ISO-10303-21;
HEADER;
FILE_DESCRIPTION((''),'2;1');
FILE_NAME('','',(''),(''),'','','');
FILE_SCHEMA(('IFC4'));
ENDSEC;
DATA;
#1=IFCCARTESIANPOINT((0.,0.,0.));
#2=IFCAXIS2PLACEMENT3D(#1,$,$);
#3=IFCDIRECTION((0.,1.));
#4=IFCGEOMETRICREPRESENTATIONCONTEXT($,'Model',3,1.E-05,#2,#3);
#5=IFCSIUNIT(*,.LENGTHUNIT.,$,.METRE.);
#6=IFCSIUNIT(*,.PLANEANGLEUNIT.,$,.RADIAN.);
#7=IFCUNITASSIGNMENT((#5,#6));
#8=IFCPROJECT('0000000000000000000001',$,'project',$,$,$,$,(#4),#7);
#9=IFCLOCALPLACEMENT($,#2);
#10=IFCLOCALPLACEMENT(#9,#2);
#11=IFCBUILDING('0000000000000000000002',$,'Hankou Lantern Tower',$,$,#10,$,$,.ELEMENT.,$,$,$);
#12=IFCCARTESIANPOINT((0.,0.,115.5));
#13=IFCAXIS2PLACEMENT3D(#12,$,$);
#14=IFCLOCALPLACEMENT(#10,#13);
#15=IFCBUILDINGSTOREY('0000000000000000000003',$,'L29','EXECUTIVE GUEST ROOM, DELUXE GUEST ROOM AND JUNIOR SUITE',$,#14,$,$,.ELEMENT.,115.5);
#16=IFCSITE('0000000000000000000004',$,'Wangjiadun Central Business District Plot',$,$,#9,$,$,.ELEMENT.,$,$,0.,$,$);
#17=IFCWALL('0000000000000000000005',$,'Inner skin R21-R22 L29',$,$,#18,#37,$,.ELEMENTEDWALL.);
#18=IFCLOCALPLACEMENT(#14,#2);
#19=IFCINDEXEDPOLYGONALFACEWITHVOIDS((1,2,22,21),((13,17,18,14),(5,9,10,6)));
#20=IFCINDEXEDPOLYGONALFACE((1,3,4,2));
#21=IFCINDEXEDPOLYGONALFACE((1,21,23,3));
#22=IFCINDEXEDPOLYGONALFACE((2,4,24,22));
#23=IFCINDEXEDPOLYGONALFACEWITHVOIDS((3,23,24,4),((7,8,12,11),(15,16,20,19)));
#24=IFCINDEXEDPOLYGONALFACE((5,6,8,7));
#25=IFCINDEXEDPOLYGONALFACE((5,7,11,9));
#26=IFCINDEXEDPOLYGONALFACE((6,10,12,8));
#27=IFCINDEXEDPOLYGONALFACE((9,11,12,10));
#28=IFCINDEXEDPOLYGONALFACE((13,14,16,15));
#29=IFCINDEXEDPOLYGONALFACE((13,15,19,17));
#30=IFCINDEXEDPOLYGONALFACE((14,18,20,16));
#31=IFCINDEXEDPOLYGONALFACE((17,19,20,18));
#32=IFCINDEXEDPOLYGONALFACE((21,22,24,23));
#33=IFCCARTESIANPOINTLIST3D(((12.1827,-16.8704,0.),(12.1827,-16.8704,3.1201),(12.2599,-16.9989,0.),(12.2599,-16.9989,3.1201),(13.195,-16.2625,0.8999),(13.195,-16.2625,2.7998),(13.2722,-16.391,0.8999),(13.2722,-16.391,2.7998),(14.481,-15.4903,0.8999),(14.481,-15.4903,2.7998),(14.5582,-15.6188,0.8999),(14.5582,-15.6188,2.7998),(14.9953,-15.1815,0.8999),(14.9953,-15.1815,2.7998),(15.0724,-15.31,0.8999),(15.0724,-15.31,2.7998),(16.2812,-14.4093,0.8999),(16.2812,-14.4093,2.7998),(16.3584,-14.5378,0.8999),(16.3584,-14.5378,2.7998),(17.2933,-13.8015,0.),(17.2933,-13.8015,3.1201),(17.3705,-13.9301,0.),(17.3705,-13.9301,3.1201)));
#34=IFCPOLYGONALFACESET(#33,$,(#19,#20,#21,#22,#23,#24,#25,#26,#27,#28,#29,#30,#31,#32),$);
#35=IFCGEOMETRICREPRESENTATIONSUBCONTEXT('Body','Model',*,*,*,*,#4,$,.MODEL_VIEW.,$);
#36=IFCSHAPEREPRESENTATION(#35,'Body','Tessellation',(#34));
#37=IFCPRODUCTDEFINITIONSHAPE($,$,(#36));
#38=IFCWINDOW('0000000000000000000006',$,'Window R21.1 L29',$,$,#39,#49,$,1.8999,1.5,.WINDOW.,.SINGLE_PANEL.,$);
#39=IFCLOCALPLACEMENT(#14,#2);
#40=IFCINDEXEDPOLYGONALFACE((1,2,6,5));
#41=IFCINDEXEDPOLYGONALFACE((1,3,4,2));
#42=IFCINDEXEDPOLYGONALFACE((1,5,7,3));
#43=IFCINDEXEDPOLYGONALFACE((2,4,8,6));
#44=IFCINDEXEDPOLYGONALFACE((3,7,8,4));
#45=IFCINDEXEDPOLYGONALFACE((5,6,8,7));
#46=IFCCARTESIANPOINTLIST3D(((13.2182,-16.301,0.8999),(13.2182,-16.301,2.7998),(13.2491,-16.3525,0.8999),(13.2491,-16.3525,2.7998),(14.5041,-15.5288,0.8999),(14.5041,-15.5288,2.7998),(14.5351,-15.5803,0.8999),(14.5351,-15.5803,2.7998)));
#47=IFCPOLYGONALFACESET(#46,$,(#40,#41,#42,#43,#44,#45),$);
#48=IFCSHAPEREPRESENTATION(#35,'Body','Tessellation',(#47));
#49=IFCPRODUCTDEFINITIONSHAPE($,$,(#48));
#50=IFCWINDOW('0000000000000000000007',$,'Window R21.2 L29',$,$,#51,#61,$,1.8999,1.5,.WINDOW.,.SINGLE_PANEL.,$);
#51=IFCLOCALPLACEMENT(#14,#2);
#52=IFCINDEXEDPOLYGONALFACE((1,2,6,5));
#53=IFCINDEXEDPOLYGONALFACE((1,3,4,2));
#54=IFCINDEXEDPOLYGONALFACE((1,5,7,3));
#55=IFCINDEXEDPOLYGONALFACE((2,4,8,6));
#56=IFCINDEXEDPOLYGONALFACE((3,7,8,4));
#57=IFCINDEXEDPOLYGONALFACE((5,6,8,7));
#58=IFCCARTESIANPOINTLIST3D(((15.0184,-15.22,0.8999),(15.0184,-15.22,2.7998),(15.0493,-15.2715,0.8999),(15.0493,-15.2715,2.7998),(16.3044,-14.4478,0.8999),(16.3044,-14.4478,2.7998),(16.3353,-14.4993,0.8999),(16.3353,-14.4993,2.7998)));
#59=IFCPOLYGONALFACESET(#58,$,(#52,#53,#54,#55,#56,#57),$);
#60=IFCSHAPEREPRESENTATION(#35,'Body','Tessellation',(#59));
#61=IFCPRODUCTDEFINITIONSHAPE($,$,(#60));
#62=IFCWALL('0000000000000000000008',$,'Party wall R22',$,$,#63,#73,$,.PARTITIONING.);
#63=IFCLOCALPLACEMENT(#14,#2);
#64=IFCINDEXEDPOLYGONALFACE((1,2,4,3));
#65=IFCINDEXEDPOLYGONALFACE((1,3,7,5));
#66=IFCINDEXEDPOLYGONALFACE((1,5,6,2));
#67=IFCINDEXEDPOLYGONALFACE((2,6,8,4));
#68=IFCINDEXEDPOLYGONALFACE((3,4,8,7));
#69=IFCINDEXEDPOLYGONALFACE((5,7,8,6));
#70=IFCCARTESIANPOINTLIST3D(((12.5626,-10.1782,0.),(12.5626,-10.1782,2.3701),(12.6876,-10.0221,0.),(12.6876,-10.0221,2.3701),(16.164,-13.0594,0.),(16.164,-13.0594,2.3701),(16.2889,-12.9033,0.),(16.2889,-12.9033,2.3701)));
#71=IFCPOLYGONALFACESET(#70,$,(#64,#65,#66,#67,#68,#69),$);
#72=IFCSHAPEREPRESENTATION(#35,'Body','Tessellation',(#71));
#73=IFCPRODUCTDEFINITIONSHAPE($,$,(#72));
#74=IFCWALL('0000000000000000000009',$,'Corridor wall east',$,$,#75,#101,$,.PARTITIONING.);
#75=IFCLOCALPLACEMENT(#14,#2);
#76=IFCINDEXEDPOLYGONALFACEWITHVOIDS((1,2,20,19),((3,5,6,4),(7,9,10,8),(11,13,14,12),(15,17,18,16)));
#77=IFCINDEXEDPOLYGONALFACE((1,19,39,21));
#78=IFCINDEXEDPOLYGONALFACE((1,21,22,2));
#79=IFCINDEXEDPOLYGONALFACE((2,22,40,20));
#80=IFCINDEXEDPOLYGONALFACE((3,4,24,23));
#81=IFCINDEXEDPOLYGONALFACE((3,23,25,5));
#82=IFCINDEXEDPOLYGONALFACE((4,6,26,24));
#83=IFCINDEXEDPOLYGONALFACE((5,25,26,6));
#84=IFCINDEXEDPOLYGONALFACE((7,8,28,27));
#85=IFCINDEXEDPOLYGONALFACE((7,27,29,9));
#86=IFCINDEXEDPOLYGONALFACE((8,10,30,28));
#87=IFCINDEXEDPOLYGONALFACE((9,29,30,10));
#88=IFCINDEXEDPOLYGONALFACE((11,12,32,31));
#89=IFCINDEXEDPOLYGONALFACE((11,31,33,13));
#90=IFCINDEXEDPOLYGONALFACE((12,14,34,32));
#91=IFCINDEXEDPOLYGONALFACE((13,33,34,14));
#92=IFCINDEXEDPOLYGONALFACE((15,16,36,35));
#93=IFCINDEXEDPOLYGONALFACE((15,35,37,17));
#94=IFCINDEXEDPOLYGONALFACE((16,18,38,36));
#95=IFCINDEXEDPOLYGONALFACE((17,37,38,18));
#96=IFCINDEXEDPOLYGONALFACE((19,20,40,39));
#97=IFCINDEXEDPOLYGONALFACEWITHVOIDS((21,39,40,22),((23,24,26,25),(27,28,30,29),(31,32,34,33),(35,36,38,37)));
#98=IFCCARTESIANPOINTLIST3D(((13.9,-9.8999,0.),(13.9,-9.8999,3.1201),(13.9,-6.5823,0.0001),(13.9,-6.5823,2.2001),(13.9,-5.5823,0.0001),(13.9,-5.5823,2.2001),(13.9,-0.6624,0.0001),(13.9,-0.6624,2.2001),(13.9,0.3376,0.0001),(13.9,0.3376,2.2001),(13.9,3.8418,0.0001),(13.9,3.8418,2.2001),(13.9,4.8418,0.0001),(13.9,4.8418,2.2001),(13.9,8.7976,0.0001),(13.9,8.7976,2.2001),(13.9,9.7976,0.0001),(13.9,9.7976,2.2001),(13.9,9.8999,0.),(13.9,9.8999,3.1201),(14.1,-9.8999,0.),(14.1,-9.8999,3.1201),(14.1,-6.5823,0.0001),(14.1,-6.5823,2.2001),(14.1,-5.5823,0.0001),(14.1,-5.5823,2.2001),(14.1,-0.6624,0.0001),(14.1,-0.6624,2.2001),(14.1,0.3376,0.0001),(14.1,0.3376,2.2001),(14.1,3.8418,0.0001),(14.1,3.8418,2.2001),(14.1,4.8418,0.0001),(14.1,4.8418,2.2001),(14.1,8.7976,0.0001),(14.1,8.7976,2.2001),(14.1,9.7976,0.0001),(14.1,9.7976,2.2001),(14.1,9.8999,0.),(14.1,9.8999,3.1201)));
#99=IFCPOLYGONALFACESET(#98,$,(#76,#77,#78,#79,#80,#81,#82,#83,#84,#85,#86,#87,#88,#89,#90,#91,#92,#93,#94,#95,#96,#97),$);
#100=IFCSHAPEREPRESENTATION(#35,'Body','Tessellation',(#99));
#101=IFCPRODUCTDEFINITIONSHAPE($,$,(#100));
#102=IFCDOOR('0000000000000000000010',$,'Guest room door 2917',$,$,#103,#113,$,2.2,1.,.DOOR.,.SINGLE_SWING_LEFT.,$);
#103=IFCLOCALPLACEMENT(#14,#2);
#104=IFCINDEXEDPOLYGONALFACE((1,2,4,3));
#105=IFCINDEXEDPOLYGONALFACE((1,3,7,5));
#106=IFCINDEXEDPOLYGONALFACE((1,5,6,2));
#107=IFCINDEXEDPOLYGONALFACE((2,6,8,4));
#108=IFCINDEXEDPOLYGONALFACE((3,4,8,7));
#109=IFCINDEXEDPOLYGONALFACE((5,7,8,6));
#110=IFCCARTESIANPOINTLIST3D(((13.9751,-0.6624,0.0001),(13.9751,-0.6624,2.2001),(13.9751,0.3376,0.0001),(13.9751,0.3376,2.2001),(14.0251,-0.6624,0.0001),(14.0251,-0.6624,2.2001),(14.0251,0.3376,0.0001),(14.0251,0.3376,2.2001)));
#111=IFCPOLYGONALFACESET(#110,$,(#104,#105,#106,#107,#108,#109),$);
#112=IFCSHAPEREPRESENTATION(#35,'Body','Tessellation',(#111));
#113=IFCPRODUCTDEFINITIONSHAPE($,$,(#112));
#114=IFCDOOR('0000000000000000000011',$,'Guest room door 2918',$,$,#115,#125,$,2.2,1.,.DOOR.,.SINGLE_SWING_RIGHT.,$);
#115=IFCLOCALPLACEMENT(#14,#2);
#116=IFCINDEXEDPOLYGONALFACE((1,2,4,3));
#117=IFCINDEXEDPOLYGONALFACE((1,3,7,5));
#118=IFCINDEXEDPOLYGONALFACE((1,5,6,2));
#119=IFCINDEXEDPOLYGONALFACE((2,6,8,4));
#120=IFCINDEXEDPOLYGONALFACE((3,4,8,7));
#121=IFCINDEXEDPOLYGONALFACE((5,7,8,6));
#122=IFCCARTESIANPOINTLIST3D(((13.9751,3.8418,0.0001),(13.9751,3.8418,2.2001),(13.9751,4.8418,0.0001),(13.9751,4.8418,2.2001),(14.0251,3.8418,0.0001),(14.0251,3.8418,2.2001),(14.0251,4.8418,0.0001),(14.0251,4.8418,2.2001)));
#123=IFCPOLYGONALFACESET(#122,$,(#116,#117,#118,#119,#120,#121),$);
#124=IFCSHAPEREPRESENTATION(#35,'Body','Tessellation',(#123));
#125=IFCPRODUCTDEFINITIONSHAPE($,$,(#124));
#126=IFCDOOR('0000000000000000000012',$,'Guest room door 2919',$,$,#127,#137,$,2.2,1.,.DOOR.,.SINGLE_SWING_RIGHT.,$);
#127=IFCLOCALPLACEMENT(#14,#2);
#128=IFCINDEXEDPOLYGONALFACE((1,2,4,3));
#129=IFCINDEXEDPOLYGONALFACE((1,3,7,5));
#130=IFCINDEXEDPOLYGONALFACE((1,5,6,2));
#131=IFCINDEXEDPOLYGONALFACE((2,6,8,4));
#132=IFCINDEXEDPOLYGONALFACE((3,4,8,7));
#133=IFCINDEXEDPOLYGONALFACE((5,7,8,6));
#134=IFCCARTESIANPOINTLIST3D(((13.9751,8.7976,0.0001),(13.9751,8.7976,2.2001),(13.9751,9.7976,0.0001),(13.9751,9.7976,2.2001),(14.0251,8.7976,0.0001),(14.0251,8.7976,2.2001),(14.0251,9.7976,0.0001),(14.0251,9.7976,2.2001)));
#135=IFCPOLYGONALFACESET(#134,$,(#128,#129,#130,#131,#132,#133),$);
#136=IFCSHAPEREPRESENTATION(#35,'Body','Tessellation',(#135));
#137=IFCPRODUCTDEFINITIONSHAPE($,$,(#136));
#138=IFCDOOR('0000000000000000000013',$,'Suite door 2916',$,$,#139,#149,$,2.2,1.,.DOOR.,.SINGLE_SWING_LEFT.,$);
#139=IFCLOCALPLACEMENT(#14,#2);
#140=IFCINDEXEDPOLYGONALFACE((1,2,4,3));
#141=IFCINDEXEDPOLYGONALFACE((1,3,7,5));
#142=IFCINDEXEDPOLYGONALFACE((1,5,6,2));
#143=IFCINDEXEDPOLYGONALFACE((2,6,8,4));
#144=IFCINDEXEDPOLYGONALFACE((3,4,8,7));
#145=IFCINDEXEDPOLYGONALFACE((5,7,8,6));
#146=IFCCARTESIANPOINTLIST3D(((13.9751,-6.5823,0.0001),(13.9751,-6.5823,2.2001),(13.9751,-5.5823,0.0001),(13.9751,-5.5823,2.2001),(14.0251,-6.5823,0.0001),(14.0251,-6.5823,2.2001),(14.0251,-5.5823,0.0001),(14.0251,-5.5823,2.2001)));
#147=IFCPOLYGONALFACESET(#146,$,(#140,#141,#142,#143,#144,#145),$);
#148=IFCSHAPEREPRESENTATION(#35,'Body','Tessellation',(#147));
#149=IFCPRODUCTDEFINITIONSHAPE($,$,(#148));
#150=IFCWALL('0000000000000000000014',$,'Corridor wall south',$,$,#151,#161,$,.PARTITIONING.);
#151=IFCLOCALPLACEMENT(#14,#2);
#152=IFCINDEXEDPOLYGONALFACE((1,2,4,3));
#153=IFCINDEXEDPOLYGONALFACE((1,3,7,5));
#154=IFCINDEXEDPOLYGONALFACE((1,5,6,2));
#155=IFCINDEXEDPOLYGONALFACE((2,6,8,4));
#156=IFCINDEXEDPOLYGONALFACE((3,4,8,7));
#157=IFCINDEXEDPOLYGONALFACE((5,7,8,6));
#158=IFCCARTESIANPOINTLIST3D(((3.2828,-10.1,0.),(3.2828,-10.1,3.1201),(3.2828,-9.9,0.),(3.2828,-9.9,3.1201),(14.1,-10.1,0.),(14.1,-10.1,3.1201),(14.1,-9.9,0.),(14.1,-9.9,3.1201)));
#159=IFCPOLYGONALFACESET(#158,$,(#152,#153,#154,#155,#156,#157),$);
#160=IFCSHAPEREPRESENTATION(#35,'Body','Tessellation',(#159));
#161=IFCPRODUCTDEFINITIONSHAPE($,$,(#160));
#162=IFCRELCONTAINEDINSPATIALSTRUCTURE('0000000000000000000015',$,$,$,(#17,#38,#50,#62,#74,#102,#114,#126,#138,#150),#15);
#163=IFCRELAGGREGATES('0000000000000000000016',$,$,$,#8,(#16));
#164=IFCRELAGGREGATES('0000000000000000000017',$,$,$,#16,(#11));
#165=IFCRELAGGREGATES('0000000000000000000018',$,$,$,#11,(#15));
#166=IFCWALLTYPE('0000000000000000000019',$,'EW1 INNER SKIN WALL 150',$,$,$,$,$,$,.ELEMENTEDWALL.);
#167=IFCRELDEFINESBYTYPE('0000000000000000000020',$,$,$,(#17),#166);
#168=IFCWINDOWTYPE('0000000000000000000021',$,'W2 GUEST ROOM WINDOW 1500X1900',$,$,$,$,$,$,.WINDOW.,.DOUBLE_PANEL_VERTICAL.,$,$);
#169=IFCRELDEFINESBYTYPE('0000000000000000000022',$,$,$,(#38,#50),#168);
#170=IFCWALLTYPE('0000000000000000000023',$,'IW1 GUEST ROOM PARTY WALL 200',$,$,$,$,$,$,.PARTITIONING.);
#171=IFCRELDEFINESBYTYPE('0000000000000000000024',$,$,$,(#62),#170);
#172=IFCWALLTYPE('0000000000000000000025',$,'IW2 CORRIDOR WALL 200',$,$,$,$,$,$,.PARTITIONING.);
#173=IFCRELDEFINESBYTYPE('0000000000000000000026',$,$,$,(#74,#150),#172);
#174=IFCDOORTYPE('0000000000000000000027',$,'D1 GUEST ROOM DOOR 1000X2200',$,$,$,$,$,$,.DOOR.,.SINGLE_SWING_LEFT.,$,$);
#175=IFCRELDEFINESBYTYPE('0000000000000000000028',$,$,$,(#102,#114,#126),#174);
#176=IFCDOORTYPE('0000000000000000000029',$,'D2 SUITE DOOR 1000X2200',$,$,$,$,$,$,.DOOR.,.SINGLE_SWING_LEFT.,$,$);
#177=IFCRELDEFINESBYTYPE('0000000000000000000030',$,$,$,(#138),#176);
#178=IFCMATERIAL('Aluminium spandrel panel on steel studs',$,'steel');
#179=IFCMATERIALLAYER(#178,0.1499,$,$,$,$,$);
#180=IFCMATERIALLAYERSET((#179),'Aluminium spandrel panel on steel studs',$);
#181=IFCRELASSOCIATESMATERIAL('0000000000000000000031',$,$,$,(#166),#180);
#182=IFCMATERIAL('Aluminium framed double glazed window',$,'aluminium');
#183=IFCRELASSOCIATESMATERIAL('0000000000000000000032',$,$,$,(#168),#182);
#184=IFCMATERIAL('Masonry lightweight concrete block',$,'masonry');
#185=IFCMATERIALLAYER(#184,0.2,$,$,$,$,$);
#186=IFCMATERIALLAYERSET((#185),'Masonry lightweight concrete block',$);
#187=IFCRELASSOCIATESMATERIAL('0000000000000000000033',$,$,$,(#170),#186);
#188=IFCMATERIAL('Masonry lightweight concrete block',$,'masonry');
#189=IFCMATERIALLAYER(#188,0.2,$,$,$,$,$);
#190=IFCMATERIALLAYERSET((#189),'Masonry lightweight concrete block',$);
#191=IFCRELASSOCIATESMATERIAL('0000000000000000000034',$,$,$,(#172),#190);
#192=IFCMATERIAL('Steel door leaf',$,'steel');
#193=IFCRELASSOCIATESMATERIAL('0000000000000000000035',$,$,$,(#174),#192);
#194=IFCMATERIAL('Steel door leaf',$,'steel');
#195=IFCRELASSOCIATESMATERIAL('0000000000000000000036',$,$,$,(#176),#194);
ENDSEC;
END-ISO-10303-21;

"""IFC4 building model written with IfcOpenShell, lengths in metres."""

from ifc_helpers import new_model, si_unit, direction, frame, frame_2d, origin, place, context, subcontext, project, spatial, rectangle, extrude, material, layer, layer_set, type_object, element, fill, save


model = new_model("IFC4")

# Units and contexts
model_context = context("Model", 3, precision=1e-05, world=origin(), true_north=direction((0.0, 1.0)))
body_context = subcontext(model_context, "Body", "Model", "MODEL_VIEW")
ifc_project = project(units=[si_unit("LENGTHUNIT", "METRE"), si_unit("PLANEANGLEUNIT", "RADIAN")], contexts=[model_context])

# Site, building, storey
site_placement = place(None, origin())
site = spatial("IfcSite", under=ifc_project, at=site_placement, Name="Wangjiadun Central Business District Plot", CompositionType="ELEMENT", RefElevation=0.0)
building_placement = place(site_placement, origin())
building = spatial("IfcBuilding", under=site, at=building_placement, Name="Hankou Lantern Tower", CompositionType="ELEMENT")
storey_placement = place(building_placement, frame((0.0, 0.0, 115.5)))
storey = spatial("IfcBuildingStorey", under=building, at=storey_placement, Name="L29", Description="EXECUTIVE GUEST ROOM, DELUXE GUEST ROOM AND JUNIOR SUITE", CompositionType="ELEMENT", Elevation=115.5)

# Wall, openings, windows
ifc_material_1 = material(Name="Aluminium spandrel panel on steel studs", Category="steel")
ifc_layer_1 = layer(ifc_material_1, 0.1499)
ifc_layer_set_1 = layer_set([ifc_layer_1], Name="Aluminium spandrel panel on steel studs")
wall_type_1 = type_object("IfcWallType", Name="EW1 INNER SKIN WALL 150", PredefinedType="ELEMENTEDWALL", material=ifc_layer_set_1)
wall_1_placement = place(storey_placement, frame((12.2214, -16.9346, 0.0), z_axis=(0.0, 0.0, 1.0), x_axis=(0.857309, 0.514803, 0.0)))
wall_1 = element("IfcWall", 1, at=wall_1_placement, inside=storey, type_object=wall_type_1, Name="Inner skin R21-R22 L29", PredefinedType="ELEMENTEDWALL", context=body_context, shape_type="SweptSolid", body=[
    extrude(rectangle(XDim=5.9612, YDim=0.1499, at=frame_2d((2.9805, 0.0))), origin(), (0.0, 0.0, 1.0), 3.1201),
])
opening_1_placement = place(wall_1_placement, frame((1.1807, 0.0, 0.8999)))
opening_1 = element("IfcOpeningElement", 2, at=opening_1_placement, cuts=wall_1, PredefinedType="OPENING", context=body_context, shape_type="SweptSolid", body=[
    extrude(rectangle(XDim=1.5, YDim=1.8999, at=frame_2d((0.75, 0.95))), frame((0.0, 0.085, 0.0), z_axis=(0.0, -1.0, 0.0), x_axis=(1.0, 0.0, 0.0)), (0.0, 0.0, 1.0), 0.1699),
])
opening_2_placement = place(wall_1_placement, frame((3.2805, 0.0, 0.8999)))
opening_2 = element("IfcOpeningElement", 3, at=opening_2_placement, cuts=wall_1, PredefinedType="OPENING", context=body_context, shape_type="SweptSolid", body=[
    extrude(rectangle(XDim=1.5, YDim=1.8999, at=frame_2d((0.75, 0.95))), frame((0.0, 0.085, 0.0), z_axis=(0.0, -1.0, 0.0), x_axis=(1.0, 0.0, 0.0)), (0.0, 0.0, 1.0), 0.1699),
])
ifc_material_2 = material(Name="Aluminium framed double glazed window", Category="aluminium")
window_type = type_object("IfcWindowType", Name="W2 GUEST ROOM WINDOW 1500X1900", PartitioningType="DOUBLE_PANEL_VERTICAL", PredefinedType="WINDOW", material=ifc_material_2)
window_1_placement = place(opening_1_placement, origin())
window_1 = element("IfcWindow", 4, at=window_1_placement, inside=storey, type_object=window_type, Name="Window R21.1 L29", OverallHeight=1.8999, OverallWidth=1.5, PartitioningType="SINGLE_PANEL", PredefinedType="WINDOW", context=body_context, shape_type="SweptSolid", body=[
    extrude(rectangle(XDim=1.5, YDim=1.8999, at=frame_2d((0.75, 0.95))), frame((0.0, 0.03, 0.0), z_axis=(0.0, -1.0, 0.0), x_axis=(1.0, 0.0, 0.0)), (0.0, 0.0, 1.0), 0.0601),
])
fill(opening_1, window_1)
window_2_placement = place(opening_2_placement, origin())
window_2 = element("IfcWindow", 5, at=window_2_placement, inside=storey, type_object=window_type, Name="Window R21.2 L29", OverallHeight=1.8999, OverallWidth=1.5, PartitioningType="SINGLE_PANEL", PredefinedType="WINDOW", context=body_context, shape_type="SweptSolid", body=[
    extrude(rectangle(XDim=1.5, YDim=1.8999, at=frame_2d((0.75, 0.95))), frame((0.0, 0.03, 0.0), z_axis=(0.0, -1.0, 0.0), x_axis=(1.0, 0.0, 0.0)), (0.0, 0.0, 1.0), 0.0601),
])
fill(opening_2, window_2)

# Wall
ifc_material_3 = material(Name="Masonry lightweight concrete block", Category="masonry")
ifc_layer_2 = layer(ifc_material_3, 0.2)
ifc_layer_set_2 = layer_set([ifc_layer_2], Name="Masonry lightweight concrete block")
wall_type_2 = type_object("IfcWallType", Name="IW1 GUEST ROOM PARTY WALL 200", PredefinedType="PARTITIONING", material=ifc_layer_set_2)
wall_2_placement = place(storey_placement, frame((12.625, -10.1001, 0.0), z_axis=(0.0, 0.0, 1.0), x_axis=(0.780864, -0.624702, 0.0)))
element("IfcWall", 6, at=wall_2_placement, inside=storey, type_object=wall_type_2, Name="Party wall R22", PredefinedType="PARTITIONING", context=body_context, shape_type="SweptSolid", body=[
    extrude(rectangle(XDim=4.6121, YDim=0.2, at=frame_2d((2.3062, 0.0))), origin(), (0.0, 0.0, 1.0), 2.3701),
])

# Wall, openings, doors
ifc_material_4 = material(Name="Masonry lightweight concrete block", Category="masonry")
ifc_layer_3 = layer(ifc_material_4, 0.2)
ifc_layer_set_3 = layer_set([ifc_layer_3], Name="Masonry lightweight concrete block")
wall_type_3 = type_object("IfcWallType", Name="IW2 CORRIDOR WALL 200", PredefinedType="PARTITIONING", material=ifc_layer_set_3)
wall_3_placement = place(storey_placement, frame((14.0, -9.8999, 0.0), z_axis=(0.0, 0.0, 1.0), x_axis=(0.0, 1.0, 0.0)))
wall_3 = element("IfcWall", 7, at=wall_3_placement, inside=storey, type_object=wall_type_3, Name="Corridor wall east", PredefinedType="PARTITIONING", context=body_context, shape_type="SweptSolid", body=[
    extrude(rectangle(XDim=19.7998, YDim=0.2, at=frame_2d((9.8999, 0.0))), origin(), (0.0, 0.0, 1.0), 3.1201),
])
opening_3_placement = place(wall_3_placement, frame((3.3176, 0.0, 0.0)))
opening_3 = element("IfcOpeningElement", 8, at=opening_3_placement, cuts=wall_3, PredefinedType="OPENING", context=body_context, shape_type="SweptSolid", body=[
    extrude(rectangle(XDim=1.0, YDim=2.2, at=frame_2d((0.5, 1.1001))), frame((0.0, 0.1099, 0.0), z_axis=(0.0, -1.0, 0.0), x_axis=(1.0, 0.0, 0.0)), (0.0, 0.0, 1.0), 0.22),
])
opening_4_placement = place(wall_3_placement, frame((9.2375, 0.0, 0.0)))
opening_4 = element("IfcOpeningElement", 9, at=opening_4_placement, cuts=wall_3, PredefinedType="OPENING", context=body_context, shape_type="SweptSolid", body=[
    extrude(rectangle(XDim=1.0, YDim=2.2, at=frame_2d((0.5, 1.1001))), frame((0.0, 0.1099, 0.0), z_axis=(0.0, -1.0, 0.0), x_axis=(1.0, 0.0, 0.0)), (0.0, 0.0, 1.0), 0.22),
])
opening_5_placement = place(wall_3_placement, frame((13.7417, 0.0, 0.0)))
opening_5 = element("IfcOpeningElement", 10, at=opening_5_placement, cuts=wall_3, PredefinedType="OPENING", context=body_context, shape_type="SweptSolid", body=[
    extrude(rectangle(XDim=1.0, YDim=2.2, at=frame_2d((0.5, 1.1001))), frame((0.0, 0.1099, 0.0), z_axis=(0.0, -1.0, 0.0), x_axis=(1.0, 0.0, 0.0)), (0.0, 0.0, 1.0), 0.22),
])
opening_6_placement = place(wall_3_placement, frame((18.6975, 0.0, 0.0)))
opening_6 = element("IfcOpeningElement", 11, at=opening_6_placement, cuts=wall_3, PredefinedType="OPENING", context=body_context, shape_type="SweptSolid", body=[
    extrude(rectangle(XDim=1.0, YDim=2.2, at=frame_2d((0.5, 1.1001))), frame((0.0, 0.1099, 0.0), z_axis=(0.0, -1.0, 0.0), x_axis=(1.0, 0.0, 0.0)), (0.0, 0.0, 1.0), 0.22),
])
ifc_material_5 = material(Name="Steel door leaf", Category="steel")
door_type_1 = type_object("IfcDoorType", Name="D1 GUEST ROOM DOOR 1000X2200", OperationType="SINGLE_SWING_LEFT", PredefinedType="DOOR", material=ifc_material_5)
door_1_placement = place(opening_4_placement, origin())
door_1 = element("IfcDoor", 12, at=door_1_placement, inside=storey, type_object=door_type_1, Name="Guest room door 2917", OperationType="SINGLE_SWING_LEFT", OverallHeight=2.2, OverallWidth=1.0, PredefinedType="DOOR", context=body_context, shape_type="SweptSolid", body=[
    extrude(rectangle(XDim=1.0, YDim=2.2, at=frame_2d((0.5, 1.1001))), frame((0.0, 0.0249, 0.0), z_axis=(0.0, -1.0, 0.0), x_axis=(1.0, 0.0, 0.0)), (0.0, 0.0, 1.0), 0.05),
])
fill(opening_4, door_1)
door_2_placement = place(opening_5_placement, origin())
door_2 = element("IfcDoor", 13, at=door_2_placement, inside=storey, type_object=door_type_1, Name="Guest room door 2918", OperationType="SINGLE_SWING_RIGHT", OverallHeight=2.2, OverallWidth=1.0, PredefinedType="DOOR", context=body_context, shape_type="SweptSolid", body=[
    extrude(rectangle(XDim=1.0, YDim=2.2, at=frame_2d((0.5, 1.1001))), frame((0.0, 0.0249, 0.0), z_axis=(0.0, -1.0, 0.0), x_axis=(1.0, 0.0, 0.0)), (0.0, 0.0, 1.0), 0.05),
])
fill(opening_5, door_2)
door_3_placement = place(opening_6_placement, origin())
door_3 = element("IfcDoor", 14, at=door_3_placement, inside=storey, type_object=door_type_1, Name="Guest room door 2919", OperationType="SINGLE_SWING_RIGHT", OverallHeight=2.2, OverallWidth=1.0, PredefinedType="DOOR", context=body_context, shape_type="SweptSolid", body=[
    extrude(rectangle(XDim=1.0, YDim=2.2, at=frame_2d((0.5, 1.1001))), frame((0.0, 0.0249, 0.0), z_axis=(0.0, -1.0, 0.0), x_axis=(1.0, 0.0, 0.0)), (0.0, 0.0, 1.0), 0.05),
])
fill(opening_6, door_3)
ifc_material_6 = material(Name="Steel door leaf", Category="steel")
door_type_2 = type_object("IfcDoorType", Name="D2 SUITE DOOR 1000X2200", OperationType="SINGLE_SWING_LEFT", PredefinedType="DOOR", material=ifc_material_6)
door_4_placement = place(opening_3_placement, origin())
door_4 = element("IfcDoor", 15, at=door_4_placement, inside=storey, type_object=door_type_2, Name="Suite door 2916", OperationType="SINGLE_SWING_LEFT", OverallHeight=2.2, OverallWidth=1.0, PredefinedType="DOOR", context=body_context, shape_type="SweptSolid", body=[
    extrude(rectangle(XDim=1.0, YDim=2.2, at=frame_2d((0.5, 1.1001))), frame((0.0, 0.0249, 0.0), z_axis=(0.0, -1.0, 0.0), x_axis=(1.0, 0.0, 0.0)), (0.0, 0.0, 1.0), 0.05),
])
fill(opening_3, door_4)

# Wall
wall_4_placement = place(storey_placement, frame((14.1001, -10.0, 0.0), z_axis=(0.0, 0.0, 1.0), x_axis=(-1.0, 0.0, 0.0)))
element("IfcWall", 16, at=wall_4_placement, inside=storey, type_object=wall_type_3, Name="Corridor wall south", PredefinedType="PARTITIONING", context=body_context, shape_type="SweptSolid", body=[
    extrude(rectangle(XDim=10.8171, YDim=0.2, at=frame_2d((5.4087, 0.0))), origin(), (0.0, 0.0, 1.0), 3.1201),
])

save(model, "model.ifc")
